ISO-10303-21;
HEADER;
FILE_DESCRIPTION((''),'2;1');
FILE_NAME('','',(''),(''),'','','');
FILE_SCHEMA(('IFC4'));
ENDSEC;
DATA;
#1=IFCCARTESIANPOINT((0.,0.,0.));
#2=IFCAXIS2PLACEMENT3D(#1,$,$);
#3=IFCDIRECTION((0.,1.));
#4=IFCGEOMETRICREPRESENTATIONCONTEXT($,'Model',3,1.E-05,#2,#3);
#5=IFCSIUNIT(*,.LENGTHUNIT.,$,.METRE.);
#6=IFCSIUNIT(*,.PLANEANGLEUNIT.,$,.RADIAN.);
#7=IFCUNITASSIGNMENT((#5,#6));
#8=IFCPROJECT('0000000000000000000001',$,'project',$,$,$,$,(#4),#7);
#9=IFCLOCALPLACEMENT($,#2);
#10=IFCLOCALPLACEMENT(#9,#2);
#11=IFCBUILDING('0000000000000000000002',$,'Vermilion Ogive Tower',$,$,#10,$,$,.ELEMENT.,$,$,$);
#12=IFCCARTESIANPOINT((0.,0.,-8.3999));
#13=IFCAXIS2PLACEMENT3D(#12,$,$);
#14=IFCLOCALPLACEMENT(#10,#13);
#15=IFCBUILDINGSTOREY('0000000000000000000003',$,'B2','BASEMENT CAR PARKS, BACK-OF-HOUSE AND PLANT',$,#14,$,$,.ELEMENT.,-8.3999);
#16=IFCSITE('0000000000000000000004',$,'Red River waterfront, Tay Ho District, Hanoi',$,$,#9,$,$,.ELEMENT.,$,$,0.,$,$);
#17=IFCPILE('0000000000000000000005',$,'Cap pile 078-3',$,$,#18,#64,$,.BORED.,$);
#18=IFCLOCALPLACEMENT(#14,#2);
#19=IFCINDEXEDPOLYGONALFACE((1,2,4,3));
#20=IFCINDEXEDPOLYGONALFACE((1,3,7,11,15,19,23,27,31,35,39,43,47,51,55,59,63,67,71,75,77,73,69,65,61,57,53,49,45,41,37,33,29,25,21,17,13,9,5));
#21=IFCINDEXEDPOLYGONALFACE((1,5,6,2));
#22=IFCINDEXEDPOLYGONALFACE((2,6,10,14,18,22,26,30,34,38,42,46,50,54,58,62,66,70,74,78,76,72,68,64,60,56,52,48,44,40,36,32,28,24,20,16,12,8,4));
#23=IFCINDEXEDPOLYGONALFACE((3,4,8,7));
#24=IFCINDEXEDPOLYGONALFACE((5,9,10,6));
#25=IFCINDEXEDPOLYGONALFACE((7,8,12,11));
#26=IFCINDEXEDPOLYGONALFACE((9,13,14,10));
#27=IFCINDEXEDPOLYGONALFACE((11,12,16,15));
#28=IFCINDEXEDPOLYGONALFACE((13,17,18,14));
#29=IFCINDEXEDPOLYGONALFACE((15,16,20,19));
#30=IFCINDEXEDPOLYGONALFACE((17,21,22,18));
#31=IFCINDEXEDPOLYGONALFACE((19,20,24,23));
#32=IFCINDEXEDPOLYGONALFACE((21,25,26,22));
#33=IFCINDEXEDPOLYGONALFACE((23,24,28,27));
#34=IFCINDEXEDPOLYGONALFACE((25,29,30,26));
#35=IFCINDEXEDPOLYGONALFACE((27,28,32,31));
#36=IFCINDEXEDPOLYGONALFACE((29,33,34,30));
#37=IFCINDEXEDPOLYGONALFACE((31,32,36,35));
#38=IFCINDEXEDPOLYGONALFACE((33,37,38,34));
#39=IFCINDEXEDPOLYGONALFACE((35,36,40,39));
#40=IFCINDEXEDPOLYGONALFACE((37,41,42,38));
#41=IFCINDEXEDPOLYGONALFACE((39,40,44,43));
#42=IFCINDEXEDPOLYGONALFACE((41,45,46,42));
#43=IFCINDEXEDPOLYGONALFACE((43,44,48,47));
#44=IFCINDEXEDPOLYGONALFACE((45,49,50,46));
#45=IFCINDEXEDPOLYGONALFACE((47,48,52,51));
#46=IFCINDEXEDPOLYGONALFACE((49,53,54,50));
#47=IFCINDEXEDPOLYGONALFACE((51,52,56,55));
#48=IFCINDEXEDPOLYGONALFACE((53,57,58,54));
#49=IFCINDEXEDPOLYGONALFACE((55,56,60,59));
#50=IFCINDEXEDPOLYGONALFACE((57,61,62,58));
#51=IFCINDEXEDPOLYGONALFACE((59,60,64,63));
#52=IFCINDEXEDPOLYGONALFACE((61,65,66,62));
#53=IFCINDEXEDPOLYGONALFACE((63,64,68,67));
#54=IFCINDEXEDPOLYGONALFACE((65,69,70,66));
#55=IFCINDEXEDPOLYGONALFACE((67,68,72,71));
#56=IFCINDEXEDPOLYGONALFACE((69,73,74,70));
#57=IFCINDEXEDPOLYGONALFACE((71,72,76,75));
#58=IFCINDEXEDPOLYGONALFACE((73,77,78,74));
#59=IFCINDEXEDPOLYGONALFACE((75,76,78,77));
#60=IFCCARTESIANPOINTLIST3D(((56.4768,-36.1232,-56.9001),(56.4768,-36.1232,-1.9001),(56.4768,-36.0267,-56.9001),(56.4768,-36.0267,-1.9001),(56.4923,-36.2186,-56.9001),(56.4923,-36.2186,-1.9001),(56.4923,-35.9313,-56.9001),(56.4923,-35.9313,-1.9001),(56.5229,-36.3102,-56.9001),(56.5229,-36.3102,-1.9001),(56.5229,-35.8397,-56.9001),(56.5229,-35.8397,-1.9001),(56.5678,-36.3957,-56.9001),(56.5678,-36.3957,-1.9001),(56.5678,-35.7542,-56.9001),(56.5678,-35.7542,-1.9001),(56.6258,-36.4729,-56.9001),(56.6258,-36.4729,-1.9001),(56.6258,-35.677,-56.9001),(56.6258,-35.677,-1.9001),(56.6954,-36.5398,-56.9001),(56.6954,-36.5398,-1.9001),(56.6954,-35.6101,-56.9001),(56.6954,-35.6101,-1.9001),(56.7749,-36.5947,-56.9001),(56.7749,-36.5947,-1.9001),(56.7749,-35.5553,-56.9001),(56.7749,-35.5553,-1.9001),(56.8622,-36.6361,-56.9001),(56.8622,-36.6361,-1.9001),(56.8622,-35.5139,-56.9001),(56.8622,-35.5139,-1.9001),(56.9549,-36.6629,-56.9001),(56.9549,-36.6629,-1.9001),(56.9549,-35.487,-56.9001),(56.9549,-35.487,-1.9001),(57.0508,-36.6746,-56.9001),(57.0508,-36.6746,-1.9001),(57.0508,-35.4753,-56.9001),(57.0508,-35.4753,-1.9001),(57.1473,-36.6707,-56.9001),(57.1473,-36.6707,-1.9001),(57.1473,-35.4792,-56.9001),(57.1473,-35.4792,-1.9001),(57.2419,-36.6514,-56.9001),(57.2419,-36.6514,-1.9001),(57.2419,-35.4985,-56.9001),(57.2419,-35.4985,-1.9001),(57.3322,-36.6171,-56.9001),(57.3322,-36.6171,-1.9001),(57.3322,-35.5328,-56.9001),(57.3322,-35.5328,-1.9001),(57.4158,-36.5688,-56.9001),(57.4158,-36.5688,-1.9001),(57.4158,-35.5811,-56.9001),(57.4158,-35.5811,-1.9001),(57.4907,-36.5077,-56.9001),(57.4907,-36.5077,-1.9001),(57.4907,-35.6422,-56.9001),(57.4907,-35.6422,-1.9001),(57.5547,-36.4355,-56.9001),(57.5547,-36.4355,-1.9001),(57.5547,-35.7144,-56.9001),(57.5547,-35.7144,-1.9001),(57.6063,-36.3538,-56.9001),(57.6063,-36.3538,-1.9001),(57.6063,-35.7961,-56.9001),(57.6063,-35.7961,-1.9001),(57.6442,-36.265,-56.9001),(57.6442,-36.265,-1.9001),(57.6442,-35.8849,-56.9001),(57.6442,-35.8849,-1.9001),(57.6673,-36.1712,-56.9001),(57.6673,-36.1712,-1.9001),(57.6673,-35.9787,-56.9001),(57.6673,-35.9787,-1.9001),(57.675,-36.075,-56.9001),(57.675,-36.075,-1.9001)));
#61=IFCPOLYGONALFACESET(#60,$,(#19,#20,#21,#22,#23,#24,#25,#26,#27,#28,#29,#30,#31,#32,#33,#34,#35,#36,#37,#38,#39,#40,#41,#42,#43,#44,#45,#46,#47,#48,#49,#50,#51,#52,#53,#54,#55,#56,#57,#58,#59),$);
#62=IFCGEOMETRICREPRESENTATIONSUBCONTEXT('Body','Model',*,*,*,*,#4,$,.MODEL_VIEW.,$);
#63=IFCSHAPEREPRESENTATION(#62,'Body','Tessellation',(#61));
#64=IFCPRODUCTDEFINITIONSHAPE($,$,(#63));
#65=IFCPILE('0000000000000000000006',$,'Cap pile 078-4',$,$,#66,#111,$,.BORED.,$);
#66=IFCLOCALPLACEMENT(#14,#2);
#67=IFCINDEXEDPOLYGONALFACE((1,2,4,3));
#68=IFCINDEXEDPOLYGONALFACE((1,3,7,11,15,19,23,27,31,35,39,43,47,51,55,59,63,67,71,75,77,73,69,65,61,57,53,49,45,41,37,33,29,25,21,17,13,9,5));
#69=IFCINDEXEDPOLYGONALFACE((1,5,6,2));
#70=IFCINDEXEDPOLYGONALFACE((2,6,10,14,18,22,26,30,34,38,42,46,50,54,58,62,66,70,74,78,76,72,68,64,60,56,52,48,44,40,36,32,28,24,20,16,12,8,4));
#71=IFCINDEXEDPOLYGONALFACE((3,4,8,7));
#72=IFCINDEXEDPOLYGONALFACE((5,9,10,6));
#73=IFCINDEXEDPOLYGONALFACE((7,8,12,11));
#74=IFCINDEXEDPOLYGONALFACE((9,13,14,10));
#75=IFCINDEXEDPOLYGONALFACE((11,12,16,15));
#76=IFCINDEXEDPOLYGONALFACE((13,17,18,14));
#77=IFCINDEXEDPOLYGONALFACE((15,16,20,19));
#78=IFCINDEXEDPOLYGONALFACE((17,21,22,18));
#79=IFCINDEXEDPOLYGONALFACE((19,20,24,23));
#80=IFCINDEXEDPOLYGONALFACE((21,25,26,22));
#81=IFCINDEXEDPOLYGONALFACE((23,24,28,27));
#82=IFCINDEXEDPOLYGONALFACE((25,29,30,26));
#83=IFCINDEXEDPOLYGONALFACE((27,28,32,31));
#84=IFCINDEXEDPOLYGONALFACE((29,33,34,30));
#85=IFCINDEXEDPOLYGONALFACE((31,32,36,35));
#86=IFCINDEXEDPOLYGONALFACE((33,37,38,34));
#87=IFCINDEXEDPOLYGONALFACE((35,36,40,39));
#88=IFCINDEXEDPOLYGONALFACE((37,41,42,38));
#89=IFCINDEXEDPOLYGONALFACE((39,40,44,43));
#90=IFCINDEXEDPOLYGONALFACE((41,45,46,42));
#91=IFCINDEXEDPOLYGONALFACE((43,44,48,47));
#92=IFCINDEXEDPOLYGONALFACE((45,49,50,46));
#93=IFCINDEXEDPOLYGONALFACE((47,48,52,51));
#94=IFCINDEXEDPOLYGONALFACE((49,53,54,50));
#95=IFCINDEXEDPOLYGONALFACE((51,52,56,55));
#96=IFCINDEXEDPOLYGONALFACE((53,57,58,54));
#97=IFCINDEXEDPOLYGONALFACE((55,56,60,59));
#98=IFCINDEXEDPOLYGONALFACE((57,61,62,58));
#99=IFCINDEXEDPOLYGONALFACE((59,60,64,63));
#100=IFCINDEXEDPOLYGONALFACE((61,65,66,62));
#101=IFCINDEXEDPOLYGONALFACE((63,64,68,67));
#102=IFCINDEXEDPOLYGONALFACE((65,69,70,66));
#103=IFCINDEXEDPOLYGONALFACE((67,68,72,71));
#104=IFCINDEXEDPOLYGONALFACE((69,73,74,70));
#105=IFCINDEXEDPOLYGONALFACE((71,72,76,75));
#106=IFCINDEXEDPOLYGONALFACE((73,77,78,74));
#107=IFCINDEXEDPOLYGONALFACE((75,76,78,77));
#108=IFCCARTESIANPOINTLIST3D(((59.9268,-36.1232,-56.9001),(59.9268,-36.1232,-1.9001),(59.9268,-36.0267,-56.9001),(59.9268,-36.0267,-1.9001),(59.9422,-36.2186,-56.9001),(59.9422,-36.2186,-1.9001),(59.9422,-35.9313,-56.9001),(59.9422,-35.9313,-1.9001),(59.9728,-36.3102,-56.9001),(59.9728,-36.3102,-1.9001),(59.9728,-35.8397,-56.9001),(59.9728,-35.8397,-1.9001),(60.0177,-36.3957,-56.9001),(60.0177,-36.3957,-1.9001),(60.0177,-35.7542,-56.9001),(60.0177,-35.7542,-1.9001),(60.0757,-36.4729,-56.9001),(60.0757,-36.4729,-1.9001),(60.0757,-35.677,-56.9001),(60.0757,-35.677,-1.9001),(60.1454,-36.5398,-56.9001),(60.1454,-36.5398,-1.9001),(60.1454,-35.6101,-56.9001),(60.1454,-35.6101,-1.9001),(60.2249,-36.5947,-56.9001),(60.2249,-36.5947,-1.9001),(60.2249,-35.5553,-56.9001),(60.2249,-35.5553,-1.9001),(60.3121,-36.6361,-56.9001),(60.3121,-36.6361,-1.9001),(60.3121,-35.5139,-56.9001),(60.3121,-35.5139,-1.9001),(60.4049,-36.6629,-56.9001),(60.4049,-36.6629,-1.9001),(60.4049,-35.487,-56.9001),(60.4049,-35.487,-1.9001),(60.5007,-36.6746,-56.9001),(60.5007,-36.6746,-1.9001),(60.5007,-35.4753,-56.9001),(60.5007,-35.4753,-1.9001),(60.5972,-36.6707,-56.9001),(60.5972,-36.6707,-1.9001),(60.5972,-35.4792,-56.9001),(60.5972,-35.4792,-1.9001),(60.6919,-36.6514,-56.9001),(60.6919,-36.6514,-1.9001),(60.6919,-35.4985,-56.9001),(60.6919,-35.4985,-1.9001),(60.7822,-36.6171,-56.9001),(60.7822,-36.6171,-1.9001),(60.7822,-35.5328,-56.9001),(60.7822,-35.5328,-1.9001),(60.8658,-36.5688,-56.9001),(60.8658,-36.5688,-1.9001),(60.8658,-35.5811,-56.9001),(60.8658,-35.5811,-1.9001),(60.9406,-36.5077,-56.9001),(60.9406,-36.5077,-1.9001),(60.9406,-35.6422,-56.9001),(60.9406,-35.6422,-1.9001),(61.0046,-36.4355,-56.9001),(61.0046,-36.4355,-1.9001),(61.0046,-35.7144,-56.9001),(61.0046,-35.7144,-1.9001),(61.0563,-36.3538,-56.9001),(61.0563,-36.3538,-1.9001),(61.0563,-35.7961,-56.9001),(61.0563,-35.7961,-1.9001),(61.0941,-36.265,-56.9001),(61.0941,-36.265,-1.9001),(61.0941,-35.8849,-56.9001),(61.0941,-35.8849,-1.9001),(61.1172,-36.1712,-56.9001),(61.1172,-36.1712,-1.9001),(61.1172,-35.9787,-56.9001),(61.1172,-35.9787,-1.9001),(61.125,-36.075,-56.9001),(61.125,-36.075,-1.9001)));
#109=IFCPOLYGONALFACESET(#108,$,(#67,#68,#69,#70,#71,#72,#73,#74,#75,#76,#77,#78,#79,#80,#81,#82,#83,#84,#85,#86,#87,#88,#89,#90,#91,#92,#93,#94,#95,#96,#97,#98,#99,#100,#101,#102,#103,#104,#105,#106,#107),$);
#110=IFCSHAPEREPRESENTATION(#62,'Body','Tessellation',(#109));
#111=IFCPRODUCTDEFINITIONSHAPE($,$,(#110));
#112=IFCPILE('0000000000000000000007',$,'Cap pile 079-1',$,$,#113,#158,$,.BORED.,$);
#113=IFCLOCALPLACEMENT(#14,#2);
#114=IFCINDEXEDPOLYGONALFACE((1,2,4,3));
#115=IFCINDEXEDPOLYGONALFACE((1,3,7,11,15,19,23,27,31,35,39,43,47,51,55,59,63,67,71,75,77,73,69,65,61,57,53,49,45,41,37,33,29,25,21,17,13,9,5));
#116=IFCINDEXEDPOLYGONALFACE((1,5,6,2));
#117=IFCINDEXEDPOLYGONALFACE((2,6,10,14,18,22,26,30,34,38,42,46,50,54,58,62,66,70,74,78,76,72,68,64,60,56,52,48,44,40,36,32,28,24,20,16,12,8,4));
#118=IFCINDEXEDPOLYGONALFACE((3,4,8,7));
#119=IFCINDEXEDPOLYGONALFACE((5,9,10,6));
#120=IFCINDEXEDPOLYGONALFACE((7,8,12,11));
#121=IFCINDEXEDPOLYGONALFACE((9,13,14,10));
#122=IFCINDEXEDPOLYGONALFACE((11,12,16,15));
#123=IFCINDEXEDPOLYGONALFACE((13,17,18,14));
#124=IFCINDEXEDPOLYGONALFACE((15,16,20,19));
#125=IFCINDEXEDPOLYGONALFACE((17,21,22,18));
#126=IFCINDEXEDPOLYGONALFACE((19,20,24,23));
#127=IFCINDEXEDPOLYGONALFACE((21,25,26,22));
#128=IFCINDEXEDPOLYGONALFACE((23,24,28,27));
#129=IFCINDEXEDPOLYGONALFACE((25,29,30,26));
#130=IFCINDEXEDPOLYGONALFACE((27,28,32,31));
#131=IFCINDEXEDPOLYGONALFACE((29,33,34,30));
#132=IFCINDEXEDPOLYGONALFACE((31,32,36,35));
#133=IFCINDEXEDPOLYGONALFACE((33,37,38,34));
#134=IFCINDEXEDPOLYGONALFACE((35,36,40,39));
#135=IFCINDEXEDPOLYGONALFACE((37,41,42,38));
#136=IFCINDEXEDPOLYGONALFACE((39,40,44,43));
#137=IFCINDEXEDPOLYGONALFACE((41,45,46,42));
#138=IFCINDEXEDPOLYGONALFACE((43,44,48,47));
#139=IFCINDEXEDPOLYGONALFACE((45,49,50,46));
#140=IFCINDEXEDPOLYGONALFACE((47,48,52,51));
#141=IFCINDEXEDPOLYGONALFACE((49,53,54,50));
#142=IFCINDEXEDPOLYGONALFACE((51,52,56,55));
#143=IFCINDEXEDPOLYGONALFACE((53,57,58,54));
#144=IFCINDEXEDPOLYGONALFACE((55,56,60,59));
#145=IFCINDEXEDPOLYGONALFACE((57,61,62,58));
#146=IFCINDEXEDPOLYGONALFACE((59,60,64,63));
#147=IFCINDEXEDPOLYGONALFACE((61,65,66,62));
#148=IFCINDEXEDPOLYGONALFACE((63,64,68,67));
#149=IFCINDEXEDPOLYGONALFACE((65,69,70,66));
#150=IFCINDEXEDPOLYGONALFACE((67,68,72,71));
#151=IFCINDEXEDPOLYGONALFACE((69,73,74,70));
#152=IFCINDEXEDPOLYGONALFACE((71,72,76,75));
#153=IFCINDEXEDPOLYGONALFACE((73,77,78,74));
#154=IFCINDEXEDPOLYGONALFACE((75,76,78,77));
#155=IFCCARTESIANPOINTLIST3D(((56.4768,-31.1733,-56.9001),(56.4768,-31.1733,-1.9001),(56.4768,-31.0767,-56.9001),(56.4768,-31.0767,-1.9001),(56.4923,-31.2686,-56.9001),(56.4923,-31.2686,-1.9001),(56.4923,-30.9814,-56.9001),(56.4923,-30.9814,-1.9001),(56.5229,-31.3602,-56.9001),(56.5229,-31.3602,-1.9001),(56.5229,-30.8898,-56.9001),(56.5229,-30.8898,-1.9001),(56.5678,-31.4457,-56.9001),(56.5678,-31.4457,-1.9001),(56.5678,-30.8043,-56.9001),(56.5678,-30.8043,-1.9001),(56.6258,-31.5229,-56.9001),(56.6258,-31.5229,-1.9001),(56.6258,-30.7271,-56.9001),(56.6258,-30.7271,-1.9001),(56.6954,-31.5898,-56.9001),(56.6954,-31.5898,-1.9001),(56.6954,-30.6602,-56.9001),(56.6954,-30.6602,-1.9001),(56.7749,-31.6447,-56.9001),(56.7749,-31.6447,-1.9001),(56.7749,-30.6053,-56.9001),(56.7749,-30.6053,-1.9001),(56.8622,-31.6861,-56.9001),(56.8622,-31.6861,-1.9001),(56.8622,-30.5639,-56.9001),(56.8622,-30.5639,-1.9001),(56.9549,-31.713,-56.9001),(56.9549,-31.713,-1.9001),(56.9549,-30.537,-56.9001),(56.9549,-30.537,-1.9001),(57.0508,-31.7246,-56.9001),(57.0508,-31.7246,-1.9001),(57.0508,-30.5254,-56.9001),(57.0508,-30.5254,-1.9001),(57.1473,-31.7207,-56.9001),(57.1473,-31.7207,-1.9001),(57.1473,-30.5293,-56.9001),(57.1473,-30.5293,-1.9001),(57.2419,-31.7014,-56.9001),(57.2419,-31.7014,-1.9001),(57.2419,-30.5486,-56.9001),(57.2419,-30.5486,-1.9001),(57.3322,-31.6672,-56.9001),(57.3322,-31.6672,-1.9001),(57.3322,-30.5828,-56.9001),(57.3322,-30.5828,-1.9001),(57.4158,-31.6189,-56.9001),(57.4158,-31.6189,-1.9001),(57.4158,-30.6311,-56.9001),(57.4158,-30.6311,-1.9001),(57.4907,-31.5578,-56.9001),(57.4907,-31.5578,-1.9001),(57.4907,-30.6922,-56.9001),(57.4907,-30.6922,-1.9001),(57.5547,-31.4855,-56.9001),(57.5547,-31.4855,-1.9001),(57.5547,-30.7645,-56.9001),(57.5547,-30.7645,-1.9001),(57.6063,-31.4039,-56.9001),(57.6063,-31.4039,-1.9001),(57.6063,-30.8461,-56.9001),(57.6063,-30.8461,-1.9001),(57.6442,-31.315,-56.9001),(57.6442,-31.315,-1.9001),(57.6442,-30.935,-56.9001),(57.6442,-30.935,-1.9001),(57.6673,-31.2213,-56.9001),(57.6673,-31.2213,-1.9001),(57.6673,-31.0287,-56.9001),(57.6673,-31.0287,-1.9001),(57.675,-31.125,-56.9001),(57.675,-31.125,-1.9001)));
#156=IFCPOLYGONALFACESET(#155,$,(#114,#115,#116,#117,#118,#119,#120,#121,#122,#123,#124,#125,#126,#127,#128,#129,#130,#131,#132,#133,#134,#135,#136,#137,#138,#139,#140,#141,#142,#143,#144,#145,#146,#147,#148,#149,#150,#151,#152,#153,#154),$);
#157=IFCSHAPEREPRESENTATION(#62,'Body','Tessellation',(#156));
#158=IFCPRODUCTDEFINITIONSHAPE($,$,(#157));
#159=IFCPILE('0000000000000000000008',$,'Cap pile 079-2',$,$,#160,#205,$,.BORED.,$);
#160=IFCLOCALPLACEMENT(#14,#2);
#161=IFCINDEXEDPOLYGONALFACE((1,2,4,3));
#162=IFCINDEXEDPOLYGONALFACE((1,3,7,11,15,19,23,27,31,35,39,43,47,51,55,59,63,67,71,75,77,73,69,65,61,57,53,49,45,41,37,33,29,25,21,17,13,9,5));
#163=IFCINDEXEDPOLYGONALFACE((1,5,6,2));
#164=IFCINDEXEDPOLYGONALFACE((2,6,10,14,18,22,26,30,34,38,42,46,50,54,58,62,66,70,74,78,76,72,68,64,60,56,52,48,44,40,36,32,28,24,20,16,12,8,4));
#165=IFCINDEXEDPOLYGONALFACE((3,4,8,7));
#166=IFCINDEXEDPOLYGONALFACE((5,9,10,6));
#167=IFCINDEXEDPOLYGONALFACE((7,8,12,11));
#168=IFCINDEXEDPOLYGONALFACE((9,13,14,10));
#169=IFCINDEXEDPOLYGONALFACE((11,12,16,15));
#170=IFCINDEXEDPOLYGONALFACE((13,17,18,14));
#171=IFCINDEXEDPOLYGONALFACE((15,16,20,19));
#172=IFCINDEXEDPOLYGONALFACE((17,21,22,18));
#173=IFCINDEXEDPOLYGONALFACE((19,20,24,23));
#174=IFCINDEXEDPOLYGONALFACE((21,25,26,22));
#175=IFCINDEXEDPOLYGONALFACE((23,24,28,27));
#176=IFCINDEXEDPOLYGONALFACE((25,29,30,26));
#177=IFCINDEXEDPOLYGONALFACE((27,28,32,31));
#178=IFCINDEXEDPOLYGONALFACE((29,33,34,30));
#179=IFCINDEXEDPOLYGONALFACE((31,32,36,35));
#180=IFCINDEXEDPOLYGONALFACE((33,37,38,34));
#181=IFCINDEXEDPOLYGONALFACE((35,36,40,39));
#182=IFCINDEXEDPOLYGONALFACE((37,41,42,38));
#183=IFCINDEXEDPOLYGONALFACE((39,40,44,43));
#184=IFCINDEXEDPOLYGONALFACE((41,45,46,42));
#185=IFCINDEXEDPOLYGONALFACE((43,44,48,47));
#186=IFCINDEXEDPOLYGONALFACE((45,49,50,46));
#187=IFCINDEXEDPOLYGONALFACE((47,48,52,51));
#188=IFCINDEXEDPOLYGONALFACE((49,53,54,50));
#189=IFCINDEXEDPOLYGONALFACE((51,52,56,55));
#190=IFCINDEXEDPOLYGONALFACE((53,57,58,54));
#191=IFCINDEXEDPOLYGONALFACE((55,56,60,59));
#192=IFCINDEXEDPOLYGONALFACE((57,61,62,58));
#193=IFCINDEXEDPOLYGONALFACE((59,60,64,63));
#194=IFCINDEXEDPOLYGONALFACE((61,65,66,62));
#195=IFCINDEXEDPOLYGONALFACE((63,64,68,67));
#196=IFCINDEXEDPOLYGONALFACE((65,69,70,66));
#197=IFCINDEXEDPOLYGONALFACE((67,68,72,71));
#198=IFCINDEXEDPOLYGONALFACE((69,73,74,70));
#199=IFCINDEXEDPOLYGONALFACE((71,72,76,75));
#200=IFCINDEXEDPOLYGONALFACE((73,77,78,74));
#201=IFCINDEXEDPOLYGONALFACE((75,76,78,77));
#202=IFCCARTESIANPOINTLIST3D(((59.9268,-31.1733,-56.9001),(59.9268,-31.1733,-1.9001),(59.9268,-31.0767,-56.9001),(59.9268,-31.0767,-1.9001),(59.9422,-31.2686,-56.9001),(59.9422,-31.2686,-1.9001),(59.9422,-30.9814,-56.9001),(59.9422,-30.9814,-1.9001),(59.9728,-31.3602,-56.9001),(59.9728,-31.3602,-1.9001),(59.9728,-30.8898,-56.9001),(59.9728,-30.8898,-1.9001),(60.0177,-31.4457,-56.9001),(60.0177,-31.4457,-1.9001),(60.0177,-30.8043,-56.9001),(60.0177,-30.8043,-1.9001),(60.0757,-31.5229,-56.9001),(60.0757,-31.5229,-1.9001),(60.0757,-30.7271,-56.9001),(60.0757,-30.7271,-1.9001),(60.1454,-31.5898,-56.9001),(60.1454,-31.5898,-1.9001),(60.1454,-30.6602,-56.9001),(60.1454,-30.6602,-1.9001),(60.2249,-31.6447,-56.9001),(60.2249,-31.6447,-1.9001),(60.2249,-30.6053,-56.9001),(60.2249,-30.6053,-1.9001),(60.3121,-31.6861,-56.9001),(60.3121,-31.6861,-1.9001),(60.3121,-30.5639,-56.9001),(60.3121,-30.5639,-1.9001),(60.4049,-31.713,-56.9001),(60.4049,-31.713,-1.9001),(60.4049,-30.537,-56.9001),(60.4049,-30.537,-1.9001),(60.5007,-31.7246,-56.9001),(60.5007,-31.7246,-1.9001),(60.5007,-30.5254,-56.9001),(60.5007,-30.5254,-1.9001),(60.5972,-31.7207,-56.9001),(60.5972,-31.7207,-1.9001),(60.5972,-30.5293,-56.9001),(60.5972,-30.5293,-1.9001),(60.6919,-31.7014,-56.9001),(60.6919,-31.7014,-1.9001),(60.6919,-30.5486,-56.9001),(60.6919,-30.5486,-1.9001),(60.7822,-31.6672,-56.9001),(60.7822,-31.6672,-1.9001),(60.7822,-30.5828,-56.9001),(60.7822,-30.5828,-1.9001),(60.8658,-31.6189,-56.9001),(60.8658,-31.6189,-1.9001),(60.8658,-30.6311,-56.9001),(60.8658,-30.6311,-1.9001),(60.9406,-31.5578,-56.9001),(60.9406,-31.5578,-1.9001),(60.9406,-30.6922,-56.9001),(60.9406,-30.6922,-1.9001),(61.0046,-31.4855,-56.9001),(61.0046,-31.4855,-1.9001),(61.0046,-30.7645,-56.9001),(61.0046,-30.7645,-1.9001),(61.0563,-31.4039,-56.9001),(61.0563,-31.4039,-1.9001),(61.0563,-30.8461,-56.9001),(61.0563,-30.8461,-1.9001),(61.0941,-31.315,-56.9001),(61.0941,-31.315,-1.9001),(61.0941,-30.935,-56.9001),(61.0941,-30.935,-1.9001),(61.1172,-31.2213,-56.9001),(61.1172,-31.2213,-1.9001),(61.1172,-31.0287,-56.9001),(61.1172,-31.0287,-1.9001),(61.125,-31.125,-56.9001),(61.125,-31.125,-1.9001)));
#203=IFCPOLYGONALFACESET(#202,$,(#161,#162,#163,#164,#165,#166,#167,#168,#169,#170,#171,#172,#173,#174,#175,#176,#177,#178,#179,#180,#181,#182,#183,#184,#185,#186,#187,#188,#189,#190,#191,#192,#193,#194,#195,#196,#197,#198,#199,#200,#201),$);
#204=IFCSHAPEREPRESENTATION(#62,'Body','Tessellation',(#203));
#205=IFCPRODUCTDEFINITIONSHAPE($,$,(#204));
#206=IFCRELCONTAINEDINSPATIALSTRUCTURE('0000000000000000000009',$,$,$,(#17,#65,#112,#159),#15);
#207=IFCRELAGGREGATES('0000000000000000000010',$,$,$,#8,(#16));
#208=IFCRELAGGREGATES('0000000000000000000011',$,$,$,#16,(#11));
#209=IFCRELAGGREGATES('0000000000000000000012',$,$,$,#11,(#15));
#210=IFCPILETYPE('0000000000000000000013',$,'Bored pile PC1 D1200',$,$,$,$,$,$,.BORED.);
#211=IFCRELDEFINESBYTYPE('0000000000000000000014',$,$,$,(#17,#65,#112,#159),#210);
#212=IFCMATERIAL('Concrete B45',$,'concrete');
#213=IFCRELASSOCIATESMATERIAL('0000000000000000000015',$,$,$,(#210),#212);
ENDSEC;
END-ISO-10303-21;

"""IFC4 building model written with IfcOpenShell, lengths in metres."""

from ifc_helpers import new_model, si_unit, direction, frame, origin, origin_2d, place, context, subcontext, project, spatial, circle, extrude, material, type_object, element, save


model = new_model("IFC4")

# Units and contexts
model_context = context("Model", 3, precision=1e-05, world=origin(), true_north=direction((0.0, 1.0)))
body_context = subcontext(model_context, "Body", "Model", "MODEL_VIEW")
ifc_project = project(units=[si_unit("LENGTHUNIT", "METRE"), si_unit("PLANEANGLEUNIT", "RADIAN")], contexts=[model_context])

# Site, building, storey
site_placement = place(None, origin())
site = spatial("IfcSite", under=ifc_project, at=site_placement, Name="Red River waterfront, Tay Ho District, Hanoi", CompositionType="ELEMENT", RefElevation=0.0)
building_placement = place(site_placement, origin())
building = spatial("IfcBuilding", under=site, at=building_placement, Name="Vermilion Ogive Tower", CompositionType="ELEMENT")
storey_placement = place(building_placement, frame((0.0, 0.0, -8.3999)))
storey = spatial("IfcBuildingStorey", under=building, at=storey_placement, Name="B2", Description="BASEMENT CAR PARKS, BACK-OF-HOUSE AND PLANT", CompositionType="ELEMENT", Elevation=-8.3999)

# Piles
ifc_material_1 = material(Name="Concrete B45", Category="concrete")
pile_type = type_object("IfcPileType", Name="Bored pile PC1 D1200", PredefinedType="BORED", material=ifc_material_1)
for number, where, z_axis, x_axis, name in (
    (1, (57.075, -36.075, -1.9001), (0.0, 0.0, -1.0), (1.0, 0.0, 0.0), "Cap pile 078-3"),
    (2, (60.5249, -36.075, -1.9001), (0.0, 0.0, -1.0), (1.0, 0.0, 0.0), "Cap pile 078-4"),
    (3, (57.075, -31.125, -1.9001), (0.0, 0.0, -1.0), (1.0, 0.0, 0.0), "Cap pile 079-1"),
    (4, (60.5249, -31.125, -1.9001), (0.0, 0.0, -1.0), (1.0, 0.0, 0.0), "Cap pile 079-2"),
):
    element("IfcPile", number, at=place(storey_placement, frame(where, z_axis=z_axis, x_axis=x_axis)), inside=storey, type_object=pile_type, Name=name, PredefinedType="BORED", context=body_context, shape_type="SweptSolid", body=[
        extrude(circle(Radius=0.6001, at=origin_2d()), origin(), (0.0, 0.0, 1.0), 55.0),
    ])

save(model, "model.ifc")
